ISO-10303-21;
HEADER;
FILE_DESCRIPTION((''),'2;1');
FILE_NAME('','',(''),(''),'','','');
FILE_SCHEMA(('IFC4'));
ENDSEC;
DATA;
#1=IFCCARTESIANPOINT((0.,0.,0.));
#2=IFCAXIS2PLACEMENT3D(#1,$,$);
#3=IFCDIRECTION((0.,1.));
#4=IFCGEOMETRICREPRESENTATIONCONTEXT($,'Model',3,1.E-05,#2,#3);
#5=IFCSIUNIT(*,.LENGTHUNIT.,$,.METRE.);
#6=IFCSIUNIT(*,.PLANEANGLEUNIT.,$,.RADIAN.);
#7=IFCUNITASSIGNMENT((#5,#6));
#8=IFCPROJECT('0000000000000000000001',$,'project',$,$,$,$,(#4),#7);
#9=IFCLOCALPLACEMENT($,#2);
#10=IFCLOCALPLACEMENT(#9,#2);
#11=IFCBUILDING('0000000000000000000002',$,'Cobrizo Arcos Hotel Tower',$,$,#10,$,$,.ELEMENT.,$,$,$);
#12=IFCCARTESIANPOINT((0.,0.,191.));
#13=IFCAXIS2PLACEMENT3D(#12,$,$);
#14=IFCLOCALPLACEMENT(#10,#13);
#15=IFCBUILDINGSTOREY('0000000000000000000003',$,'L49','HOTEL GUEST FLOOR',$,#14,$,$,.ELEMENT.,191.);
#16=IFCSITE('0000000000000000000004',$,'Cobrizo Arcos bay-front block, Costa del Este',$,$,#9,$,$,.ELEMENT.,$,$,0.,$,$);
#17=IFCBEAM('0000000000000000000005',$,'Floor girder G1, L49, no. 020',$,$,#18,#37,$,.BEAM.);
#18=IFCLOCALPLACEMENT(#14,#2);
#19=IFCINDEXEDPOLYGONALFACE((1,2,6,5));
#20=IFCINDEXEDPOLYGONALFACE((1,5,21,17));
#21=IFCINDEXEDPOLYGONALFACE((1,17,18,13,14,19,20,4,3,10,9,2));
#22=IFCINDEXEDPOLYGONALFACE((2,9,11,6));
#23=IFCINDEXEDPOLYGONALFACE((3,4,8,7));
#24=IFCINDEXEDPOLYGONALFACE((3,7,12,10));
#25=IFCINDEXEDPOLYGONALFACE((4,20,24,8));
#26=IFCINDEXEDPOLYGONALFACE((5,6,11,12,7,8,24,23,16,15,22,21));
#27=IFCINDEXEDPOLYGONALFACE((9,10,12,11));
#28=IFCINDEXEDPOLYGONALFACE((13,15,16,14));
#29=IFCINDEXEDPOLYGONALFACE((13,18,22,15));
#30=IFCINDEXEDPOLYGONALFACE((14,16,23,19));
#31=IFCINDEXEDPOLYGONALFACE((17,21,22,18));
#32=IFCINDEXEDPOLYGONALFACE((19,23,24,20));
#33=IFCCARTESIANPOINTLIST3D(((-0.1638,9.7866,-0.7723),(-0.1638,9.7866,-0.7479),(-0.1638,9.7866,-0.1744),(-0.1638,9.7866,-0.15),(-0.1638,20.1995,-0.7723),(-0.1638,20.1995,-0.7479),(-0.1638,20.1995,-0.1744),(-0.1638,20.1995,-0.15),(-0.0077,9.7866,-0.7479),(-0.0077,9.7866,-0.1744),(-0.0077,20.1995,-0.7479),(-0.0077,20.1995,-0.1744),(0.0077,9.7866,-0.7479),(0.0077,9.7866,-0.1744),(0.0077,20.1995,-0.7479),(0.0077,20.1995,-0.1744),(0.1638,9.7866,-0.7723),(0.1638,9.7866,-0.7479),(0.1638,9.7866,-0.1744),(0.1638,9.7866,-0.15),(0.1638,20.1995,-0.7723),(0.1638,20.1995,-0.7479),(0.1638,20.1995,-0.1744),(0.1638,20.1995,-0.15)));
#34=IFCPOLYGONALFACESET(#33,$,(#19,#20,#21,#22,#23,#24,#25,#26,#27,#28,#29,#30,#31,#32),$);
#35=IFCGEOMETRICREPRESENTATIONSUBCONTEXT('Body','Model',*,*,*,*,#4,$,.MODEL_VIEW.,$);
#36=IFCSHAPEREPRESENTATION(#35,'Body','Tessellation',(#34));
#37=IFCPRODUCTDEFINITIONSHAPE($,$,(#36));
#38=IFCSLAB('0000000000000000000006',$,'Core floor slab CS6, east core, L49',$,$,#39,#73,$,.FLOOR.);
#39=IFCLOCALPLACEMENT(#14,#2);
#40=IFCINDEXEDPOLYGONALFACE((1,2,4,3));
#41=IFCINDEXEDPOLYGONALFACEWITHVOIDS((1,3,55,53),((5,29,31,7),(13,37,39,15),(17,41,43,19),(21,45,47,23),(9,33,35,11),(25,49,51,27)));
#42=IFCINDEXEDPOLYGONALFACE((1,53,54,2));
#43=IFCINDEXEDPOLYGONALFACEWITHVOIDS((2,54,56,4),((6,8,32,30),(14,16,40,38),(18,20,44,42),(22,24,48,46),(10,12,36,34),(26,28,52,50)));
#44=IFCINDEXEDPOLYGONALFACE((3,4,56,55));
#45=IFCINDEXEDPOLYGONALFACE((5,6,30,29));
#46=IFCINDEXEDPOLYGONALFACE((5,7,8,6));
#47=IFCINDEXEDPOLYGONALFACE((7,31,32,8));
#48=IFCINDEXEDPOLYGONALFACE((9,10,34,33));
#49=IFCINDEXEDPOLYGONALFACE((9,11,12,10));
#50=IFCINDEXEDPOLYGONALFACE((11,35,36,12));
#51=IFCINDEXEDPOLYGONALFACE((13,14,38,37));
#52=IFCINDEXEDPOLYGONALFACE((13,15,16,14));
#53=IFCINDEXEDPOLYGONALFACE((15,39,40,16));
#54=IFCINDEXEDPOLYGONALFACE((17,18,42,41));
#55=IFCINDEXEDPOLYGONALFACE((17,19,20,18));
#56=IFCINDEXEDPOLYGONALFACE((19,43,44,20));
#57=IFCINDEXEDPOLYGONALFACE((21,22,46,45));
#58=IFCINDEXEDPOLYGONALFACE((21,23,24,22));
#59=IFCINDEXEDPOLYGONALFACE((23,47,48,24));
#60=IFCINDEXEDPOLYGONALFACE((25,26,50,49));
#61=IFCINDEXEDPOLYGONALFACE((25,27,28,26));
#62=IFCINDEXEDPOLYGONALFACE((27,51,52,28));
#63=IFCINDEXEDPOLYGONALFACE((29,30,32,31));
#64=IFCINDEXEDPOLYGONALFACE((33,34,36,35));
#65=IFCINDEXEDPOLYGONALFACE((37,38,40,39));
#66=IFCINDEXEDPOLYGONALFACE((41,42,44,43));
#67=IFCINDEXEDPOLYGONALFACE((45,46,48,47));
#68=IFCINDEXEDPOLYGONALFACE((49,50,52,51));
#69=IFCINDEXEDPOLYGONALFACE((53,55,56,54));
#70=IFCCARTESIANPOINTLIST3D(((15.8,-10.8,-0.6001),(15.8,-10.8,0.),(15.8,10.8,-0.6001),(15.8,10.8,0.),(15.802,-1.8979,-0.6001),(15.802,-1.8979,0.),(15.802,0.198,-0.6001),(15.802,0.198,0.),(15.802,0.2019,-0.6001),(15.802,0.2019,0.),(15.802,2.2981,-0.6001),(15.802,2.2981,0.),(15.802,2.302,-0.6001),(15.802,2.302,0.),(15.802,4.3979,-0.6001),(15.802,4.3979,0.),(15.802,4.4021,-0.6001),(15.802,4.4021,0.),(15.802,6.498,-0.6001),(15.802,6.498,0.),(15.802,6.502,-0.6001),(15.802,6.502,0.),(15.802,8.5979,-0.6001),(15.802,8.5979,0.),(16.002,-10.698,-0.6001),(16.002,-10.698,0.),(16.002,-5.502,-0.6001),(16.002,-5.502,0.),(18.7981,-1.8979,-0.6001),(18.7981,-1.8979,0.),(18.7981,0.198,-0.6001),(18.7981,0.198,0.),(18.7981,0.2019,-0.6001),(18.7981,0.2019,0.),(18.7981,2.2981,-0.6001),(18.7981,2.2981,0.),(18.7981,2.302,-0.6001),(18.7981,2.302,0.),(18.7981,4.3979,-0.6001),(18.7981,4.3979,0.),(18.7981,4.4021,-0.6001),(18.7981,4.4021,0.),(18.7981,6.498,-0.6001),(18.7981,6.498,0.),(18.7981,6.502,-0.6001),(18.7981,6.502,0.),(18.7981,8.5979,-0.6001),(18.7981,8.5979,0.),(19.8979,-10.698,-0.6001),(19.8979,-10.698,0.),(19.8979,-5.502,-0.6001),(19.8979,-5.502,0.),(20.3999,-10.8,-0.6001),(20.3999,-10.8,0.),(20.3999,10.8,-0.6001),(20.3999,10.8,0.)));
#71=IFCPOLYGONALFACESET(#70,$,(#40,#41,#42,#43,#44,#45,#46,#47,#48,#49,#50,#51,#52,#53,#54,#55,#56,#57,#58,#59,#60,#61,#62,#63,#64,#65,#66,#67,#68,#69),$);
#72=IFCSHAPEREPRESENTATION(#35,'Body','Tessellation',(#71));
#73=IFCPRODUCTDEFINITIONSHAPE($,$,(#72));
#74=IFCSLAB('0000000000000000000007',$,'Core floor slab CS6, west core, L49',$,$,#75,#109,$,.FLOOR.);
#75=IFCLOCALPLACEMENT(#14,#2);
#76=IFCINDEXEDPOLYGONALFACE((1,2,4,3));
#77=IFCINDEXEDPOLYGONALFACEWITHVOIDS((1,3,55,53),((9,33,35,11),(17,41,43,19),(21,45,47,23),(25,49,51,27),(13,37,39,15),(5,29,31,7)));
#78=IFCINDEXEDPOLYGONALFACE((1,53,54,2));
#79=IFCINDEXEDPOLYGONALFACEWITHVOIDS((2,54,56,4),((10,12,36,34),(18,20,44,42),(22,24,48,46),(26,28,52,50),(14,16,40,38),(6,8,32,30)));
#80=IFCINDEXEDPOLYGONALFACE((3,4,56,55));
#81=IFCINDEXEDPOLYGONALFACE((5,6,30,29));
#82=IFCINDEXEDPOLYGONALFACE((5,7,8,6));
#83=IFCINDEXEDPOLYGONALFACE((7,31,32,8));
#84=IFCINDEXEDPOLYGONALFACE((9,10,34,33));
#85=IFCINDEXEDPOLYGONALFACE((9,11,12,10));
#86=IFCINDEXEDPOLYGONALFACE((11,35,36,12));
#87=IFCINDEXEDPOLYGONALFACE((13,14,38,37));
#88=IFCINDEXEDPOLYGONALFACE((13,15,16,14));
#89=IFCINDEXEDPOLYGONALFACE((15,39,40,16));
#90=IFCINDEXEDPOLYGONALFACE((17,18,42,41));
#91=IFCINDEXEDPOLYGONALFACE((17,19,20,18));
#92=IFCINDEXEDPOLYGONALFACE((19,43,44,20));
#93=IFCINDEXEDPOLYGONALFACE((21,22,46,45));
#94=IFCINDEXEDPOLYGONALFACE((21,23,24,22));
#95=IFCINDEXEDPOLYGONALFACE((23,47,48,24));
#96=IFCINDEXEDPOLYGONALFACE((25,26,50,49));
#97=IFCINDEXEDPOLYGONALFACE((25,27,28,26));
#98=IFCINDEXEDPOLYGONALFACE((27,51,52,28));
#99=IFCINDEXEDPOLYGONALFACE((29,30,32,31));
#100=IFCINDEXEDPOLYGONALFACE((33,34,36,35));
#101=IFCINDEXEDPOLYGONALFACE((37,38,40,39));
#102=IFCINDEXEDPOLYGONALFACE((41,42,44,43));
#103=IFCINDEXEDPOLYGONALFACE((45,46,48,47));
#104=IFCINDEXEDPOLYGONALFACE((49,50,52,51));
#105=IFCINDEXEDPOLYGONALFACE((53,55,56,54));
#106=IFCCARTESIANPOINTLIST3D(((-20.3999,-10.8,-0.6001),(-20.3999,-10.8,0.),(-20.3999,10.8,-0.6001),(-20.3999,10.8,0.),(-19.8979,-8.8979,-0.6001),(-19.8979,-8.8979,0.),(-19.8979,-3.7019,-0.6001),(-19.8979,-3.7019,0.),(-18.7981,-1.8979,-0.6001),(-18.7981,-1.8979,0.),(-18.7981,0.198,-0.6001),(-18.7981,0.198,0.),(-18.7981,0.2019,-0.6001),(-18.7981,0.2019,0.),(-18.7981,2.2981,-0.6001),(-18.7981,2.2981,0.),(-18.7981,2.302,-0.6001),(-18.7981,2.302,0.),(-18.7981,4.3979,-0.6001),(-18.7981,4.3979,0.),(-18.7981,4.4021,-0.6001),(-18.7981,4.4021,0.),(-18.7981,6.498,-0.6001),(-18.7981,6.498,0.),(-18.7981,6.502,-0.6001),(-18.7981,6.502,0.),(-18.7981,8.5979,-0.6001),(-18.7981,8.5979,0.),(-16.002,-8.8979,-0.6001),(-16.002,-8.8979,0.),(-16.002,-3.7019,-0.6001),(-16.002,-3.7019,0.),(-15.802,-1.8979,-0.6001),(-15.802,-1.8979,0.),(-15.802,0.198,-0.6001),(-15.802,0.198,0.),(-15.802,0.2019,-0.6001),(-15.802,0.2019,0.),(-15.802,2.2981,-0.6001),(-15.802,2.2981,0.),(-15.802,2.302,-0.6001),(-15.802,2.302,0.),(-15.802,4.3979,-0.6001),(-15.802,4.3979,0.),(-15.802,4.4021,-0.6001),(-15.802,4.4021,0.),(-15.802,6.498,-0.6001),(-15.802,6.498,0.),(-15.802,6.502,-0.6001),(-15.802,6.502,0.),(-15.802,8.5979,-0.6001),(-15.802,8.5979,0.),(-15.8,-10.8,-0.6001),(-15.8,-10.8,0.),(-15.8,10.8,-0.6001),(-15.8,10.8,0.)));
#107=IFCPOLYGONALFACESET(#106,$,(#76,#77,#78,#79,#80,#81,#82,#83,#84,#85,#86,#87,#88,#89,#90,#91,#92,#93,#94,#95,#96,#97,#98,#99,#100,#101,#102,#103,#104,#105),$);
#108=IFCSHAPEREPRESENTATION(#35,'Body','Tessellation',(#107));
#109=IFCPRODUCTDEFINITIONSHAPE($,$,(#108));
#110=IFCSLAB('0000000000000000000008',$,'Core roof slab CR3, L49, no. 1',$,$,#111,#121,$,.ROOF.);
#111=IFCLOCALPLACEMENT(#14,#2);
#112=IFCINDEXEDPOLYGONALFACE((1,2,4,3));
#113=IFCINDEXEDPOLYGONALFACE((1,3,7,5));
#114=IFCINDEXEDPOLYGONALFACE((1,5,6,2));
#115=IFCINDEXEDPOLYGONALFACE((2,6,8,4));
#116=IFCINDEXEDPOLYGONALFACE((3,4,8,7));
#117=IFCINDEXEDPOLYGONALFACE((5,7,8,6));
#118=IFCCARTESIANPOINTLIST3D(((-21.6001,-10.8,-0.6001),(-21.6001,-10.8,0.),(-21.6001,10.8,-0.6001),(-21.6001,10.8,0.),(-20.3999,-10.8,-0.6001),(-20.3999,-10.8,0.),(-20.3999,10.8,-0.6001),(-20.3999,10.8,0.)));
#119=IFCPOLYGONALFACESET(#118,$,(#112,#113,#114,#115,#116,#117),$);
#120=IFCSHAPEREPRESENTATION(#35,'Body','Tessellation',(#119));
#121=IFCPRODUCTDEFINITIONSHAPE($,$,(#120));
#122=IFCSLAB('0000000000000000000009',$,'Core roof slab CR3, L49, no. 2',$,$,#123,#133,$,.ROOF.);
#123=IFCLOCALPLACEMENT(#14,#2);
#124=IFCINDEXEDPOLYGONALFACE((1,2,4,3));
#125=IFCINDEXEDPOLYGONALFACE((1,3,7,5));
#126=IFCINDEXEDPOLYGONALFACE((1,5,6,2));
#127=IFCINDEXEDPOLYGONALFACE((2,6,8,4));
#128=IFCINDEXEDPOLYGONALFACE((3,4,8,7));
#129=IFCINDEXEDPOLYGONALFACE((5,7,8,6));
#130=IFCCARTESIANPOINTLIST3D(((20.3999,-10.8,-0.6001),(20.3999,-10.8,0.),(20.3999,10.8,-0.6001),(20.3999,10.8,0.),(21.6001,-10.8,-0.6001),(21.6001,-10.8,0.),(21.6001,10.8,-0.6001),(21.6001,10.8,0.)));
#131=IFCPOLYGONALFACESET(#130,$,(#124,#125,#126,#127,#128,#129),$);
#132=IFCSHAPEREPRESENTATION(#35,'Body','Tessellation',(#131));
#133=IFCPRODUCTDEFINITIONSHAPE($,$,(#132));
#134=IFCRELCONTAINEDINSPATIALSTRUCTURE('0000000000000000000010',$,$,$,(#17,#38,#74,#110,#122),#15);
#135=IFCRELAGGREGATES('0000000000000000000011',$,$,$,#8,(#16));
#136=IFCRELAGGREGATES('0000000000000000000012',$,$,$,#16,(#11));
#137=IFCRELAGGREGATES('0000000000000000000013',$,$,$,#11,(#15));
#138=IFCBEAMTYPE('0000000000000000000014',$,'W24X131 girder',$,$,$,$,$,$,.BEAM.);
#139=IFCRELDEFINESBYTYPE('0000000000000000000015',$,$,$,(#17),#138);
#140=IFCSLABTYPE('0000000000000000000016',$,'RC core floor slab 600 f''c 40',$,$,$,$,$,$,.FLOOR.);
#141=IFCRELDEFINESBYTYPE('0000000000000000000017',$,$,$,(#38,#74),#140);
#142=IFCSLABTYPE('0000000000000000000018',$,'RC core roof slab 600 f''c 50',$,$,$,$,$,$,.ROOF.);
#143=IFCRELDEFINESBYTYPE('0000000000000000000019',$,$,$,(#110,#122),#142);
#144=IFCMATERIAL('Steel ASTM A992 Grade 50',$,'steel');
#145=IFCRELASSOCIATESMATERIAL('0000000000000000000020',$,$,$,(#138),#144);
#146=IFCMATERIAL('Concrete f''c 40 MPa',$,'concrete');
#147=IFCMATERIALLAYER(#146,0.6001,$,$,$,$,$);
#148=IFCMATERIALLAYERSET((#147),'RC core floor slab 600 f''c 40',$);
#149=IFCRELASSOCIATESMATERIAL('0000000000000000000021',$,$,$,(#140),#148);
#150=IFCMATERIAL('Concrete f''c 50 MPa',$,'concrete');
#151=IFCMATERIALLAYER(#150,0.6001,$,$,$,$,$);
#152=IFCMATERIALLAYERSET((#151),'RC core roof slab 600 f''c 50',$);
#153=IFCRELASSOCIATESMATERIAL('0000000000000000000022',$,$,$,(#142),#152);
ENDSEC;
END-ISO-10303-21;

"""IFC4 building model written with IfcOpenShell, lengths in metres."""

from ifc_helpers import new_model, si_unit, direction, frame, origin, origin_2d, place, context, subcontext, project, spatial, polyline, i_section, outline, extrude, material, layer, layer_set, material_profile, profile_set, type_object, element, save


model = new_model("IFC4")

# Units and contexts
model_context = context("Model", 3, precision=1e-05, world=origin(), true_north=direction((0.0, 1.0)))
body_context = subcontext(model_context, "Body", "Model", "MODEL_VIEW")
ifc_project = project(units=[si_unit("LENGTHUNIT", "METRE"), si_unit("PLANEANGLEUNIT", "RADIAN")], contexts=[model_context])

# Site, building, storey
site_placement = place(None, origin())
site = spatial("IfcSite", under=ifc_project, at=site_placement, Name="Cobrizo Arcos bay-front block, Costa del Este", CompositionType="ELEMENT", RefElevation=0.0)
building_placement = place(site_placement, origin())
building = spatial("IfcBuilding", under=site, at=building_placement, Name="Cobrizo Arcos Hotel Tower", CompositionType="ELEMENT")
storey_placement = place(building_placement, frame((0.0, 0.0, 191.0)))
storey = spatial("IfcBuildingStorey", under=building, at=storey_placement, Name="L49", Description="HOTEL GUEST FLOOR", CompositionType="ELEMENT", Elevation=191.0)

# Shared definitions
ifc_material_1 = material(Name="Steel ASTM A992 Grade 50", Category="steel")

# Beam
ifc_material_profile_1 = material_profile(ifc_material_1, i_section(OverallWidth=0.3276, OverallDepth=0.6223, WebThickness=0.0154, FlangeThickness=0.0244, at=origin_2d()), Name="W24X131")
ifc_profile_set_1 = profile_set([ifc_material_profile_1], Name="Steel ASTM A992 Grade 50")
beam_type_1 = type_object("IfcBeamType", Name="W24X131 girder", PredefinedType="BEAM", material=ifc_profile_set_1)
beam_1_placement = place(storey_placement, frame((0.0, 9.7866, -0.4612), z_axis=(0.0, 1.0, 0.0), x_axis=(-1.0, 0.0, 0.0)))
element("IfcBeam", 1, at=beam_1_placement, inside=storey, type_object=beam_type_1, Name="Floor girder G1, L49, no. 020", PredefinedType="BEAM", context=body_context, shape_type="SweptSolid", body=[
    extrude(i_section(OverallWidth=0.3276, OverallDepth=0.6223, WebThickness=0.0154, FlangeThickness=0.0244, at=origin_2d()), origin(), (0.0, 0.0, 1.0), 10.4128),
])

# Slabs
ifc_material_2 = material(Name="Concrete f'c 40 MPa", Category="concrete")
ifc_layer_1 = layer(ifc_material_2, 0.6001)
ifc_layer_set_1 = layer_set([ifc_layer_1], Name="RC core floor slab 600 f'c 40")
slab_type_1 = type_object("IfcSlabType", Name="RC core floor slab 600 f'c 40", PredefinedType="FLOOR", material=ifc_layer_set_1)
slab_1_placement = place(storey_placement, frame((0.0, 0.0, -0.6001)))
element("IfcSlab", 2, at=slab_1_placement, inside=storey, type_object=slab_type_1, Name="Core floor slab CS6, east core, L49", PredefinedType="FLOOR", context=body_context, shape_type="SweptSolid", body=[
    extrude(outline(polyline([(15.8, 10.8), (20.3999, 10.8), (20.3999, -10.8), (15.8, -10.8), (15.8, 10.8)]), holes=[polyline([(19.8979, -10.698), (19.8979, -5.502), (16.002, -5.502), (16.002, -10.698), (19.8979, -10.698)]), polyline([(15.802, 0.198), (15.802, -1.8979), (18.7981, -1.8979), (18.7981, 0.198), (15.802, 0.198)]), polyline([(15.802, 2.2981), (15.802, 0.2019), (18.7981, 0.2019), (18.7981, 2.2981), (15.802, 2.2981)]), polyline([(15.802, 4.3979), (15.802, 2.302), (18.7981, 2.302), (18.7981, 4.3979), (15.802, 4.3979)]), polyline([(18.7981, 6.498), (15.802, 6.498), (15.802, 4.4021), (18.7981, 4.4021), (18.7981, 6.498)]), polyline([(18.7981, 8.5979), (15.802, 8.5979), (15.802, 6.502), (18.7981, 6.502), (18.7981, 8.5979)])]), origin(), (0.0, 0.0, 1.0), 0.6001),
])
slab_2_placement = place(storey_placement, frame((0.0, 0.0, -0.6001)))
element("IfcSlab", 3, at=slab_2_placement, inside=storey, type_object=slab_type_1, Name="Core floor slab CS6, west core, L49", PredefinedType="FLOOR", context=body_context, shape_type="SweptSolid", body=[
    extrude(outline(polyline([(-20.3999, 10.8), (-15.8, 10.8), (-15.8, -10.8), (-20.3999, -10.8), (-20.3999, 10.8)]), holes=[polyline([(-19.8979, -3.7019), (-19.8979, -8.8979), (-16.002, -8.8979), (-16.002, -3.7019), (-19.8979, -3.7019)]), polyline([(-18.7981, 0.198), (-18.7981, -1.8979), (-15.802, -1.8979), (-15.802, 0.198), (-18.7981, 0.198)]), polyline([(-18.7981, 2.2981), (-18.7981, 0.2019), (-15.802, 0.2019), (-15.802, 2.2981), (-18.7981, 2.2981)]), polyline([(-18.7981, 4.3979), (-18.7981, 2.302), (-15.802, 2.302), (-15.802, 4.3979), (-18.7981, 4.3979)]), polyline([(-15.802, 6.498), (-18.7981, 6.498), (-18.7981, 4.4021), (-15.802, 4.4021), (-15.802, 6.498)]), polyline([(-15.802, 8.5979), (-18.7981, 8.5979), (-18.7981, 6.502), (-15.802, 6.502), (-15.802, 8.5979)])]), origin(), (0.0, 0.0, 1.0), 0.6001),
])
ifc_material_3 = material(Name="Concrete f'c 50 MPa", Category="concrete")
ifc_layer_2 = layer(ifc_material_3, 0.6001)
ifc_layer_set_2 = layer_set([ifc_layer_2], Name="RC core roof slab 600 f'c 50")
slab_type_2 = type_object("IfcSlabType", Name="RC core roof slab 600 f'c 50", PredefinedType="ROOF", material=ifc_layer_set_2)
slab_3_placement = place(storey_placement, frame((0.0, 0.0, -0.6001)))
element("IfcSlab", 4, at=slab_3_placement, inside=storey, type_object=slab_type_2, Name="Core roof slab CR3, L49, no. 1", PredefinedType="ROOF", context=body_context, shape_type="SweptSolid", body=[
    extrude(outline(polyline([(-21.6001, -10.8), (-21.6001, 10.8), (-20.3999, 10.8), (-20.3999, -10.8), (-21.6001, -10.8)])), origin(), (0.0, 0.0, 1.0), 0.6001),
])
slab_4_placement = place(storey_placement, frame((0.0, 0.0, -0.6001)))
element("IfcSlab", 5, at=slab_4_placement, inside=storey, type_object=slab_type_2, Name="Core roof slab CR3, L49, no. 2", PredefinedType="ROOF", context=body_context, shape_type="SweptSolid", body=[
    extrude(outline(polyline([(21.6001, 10.8), (21.6001, -10.8), (20.3999, -10.8), (20.3999, 10.8), (21.6001, 10.8)])), origin(), (0.0, 0.0, 1.0), 0.6001),
])

save(model, "model.ifc")
